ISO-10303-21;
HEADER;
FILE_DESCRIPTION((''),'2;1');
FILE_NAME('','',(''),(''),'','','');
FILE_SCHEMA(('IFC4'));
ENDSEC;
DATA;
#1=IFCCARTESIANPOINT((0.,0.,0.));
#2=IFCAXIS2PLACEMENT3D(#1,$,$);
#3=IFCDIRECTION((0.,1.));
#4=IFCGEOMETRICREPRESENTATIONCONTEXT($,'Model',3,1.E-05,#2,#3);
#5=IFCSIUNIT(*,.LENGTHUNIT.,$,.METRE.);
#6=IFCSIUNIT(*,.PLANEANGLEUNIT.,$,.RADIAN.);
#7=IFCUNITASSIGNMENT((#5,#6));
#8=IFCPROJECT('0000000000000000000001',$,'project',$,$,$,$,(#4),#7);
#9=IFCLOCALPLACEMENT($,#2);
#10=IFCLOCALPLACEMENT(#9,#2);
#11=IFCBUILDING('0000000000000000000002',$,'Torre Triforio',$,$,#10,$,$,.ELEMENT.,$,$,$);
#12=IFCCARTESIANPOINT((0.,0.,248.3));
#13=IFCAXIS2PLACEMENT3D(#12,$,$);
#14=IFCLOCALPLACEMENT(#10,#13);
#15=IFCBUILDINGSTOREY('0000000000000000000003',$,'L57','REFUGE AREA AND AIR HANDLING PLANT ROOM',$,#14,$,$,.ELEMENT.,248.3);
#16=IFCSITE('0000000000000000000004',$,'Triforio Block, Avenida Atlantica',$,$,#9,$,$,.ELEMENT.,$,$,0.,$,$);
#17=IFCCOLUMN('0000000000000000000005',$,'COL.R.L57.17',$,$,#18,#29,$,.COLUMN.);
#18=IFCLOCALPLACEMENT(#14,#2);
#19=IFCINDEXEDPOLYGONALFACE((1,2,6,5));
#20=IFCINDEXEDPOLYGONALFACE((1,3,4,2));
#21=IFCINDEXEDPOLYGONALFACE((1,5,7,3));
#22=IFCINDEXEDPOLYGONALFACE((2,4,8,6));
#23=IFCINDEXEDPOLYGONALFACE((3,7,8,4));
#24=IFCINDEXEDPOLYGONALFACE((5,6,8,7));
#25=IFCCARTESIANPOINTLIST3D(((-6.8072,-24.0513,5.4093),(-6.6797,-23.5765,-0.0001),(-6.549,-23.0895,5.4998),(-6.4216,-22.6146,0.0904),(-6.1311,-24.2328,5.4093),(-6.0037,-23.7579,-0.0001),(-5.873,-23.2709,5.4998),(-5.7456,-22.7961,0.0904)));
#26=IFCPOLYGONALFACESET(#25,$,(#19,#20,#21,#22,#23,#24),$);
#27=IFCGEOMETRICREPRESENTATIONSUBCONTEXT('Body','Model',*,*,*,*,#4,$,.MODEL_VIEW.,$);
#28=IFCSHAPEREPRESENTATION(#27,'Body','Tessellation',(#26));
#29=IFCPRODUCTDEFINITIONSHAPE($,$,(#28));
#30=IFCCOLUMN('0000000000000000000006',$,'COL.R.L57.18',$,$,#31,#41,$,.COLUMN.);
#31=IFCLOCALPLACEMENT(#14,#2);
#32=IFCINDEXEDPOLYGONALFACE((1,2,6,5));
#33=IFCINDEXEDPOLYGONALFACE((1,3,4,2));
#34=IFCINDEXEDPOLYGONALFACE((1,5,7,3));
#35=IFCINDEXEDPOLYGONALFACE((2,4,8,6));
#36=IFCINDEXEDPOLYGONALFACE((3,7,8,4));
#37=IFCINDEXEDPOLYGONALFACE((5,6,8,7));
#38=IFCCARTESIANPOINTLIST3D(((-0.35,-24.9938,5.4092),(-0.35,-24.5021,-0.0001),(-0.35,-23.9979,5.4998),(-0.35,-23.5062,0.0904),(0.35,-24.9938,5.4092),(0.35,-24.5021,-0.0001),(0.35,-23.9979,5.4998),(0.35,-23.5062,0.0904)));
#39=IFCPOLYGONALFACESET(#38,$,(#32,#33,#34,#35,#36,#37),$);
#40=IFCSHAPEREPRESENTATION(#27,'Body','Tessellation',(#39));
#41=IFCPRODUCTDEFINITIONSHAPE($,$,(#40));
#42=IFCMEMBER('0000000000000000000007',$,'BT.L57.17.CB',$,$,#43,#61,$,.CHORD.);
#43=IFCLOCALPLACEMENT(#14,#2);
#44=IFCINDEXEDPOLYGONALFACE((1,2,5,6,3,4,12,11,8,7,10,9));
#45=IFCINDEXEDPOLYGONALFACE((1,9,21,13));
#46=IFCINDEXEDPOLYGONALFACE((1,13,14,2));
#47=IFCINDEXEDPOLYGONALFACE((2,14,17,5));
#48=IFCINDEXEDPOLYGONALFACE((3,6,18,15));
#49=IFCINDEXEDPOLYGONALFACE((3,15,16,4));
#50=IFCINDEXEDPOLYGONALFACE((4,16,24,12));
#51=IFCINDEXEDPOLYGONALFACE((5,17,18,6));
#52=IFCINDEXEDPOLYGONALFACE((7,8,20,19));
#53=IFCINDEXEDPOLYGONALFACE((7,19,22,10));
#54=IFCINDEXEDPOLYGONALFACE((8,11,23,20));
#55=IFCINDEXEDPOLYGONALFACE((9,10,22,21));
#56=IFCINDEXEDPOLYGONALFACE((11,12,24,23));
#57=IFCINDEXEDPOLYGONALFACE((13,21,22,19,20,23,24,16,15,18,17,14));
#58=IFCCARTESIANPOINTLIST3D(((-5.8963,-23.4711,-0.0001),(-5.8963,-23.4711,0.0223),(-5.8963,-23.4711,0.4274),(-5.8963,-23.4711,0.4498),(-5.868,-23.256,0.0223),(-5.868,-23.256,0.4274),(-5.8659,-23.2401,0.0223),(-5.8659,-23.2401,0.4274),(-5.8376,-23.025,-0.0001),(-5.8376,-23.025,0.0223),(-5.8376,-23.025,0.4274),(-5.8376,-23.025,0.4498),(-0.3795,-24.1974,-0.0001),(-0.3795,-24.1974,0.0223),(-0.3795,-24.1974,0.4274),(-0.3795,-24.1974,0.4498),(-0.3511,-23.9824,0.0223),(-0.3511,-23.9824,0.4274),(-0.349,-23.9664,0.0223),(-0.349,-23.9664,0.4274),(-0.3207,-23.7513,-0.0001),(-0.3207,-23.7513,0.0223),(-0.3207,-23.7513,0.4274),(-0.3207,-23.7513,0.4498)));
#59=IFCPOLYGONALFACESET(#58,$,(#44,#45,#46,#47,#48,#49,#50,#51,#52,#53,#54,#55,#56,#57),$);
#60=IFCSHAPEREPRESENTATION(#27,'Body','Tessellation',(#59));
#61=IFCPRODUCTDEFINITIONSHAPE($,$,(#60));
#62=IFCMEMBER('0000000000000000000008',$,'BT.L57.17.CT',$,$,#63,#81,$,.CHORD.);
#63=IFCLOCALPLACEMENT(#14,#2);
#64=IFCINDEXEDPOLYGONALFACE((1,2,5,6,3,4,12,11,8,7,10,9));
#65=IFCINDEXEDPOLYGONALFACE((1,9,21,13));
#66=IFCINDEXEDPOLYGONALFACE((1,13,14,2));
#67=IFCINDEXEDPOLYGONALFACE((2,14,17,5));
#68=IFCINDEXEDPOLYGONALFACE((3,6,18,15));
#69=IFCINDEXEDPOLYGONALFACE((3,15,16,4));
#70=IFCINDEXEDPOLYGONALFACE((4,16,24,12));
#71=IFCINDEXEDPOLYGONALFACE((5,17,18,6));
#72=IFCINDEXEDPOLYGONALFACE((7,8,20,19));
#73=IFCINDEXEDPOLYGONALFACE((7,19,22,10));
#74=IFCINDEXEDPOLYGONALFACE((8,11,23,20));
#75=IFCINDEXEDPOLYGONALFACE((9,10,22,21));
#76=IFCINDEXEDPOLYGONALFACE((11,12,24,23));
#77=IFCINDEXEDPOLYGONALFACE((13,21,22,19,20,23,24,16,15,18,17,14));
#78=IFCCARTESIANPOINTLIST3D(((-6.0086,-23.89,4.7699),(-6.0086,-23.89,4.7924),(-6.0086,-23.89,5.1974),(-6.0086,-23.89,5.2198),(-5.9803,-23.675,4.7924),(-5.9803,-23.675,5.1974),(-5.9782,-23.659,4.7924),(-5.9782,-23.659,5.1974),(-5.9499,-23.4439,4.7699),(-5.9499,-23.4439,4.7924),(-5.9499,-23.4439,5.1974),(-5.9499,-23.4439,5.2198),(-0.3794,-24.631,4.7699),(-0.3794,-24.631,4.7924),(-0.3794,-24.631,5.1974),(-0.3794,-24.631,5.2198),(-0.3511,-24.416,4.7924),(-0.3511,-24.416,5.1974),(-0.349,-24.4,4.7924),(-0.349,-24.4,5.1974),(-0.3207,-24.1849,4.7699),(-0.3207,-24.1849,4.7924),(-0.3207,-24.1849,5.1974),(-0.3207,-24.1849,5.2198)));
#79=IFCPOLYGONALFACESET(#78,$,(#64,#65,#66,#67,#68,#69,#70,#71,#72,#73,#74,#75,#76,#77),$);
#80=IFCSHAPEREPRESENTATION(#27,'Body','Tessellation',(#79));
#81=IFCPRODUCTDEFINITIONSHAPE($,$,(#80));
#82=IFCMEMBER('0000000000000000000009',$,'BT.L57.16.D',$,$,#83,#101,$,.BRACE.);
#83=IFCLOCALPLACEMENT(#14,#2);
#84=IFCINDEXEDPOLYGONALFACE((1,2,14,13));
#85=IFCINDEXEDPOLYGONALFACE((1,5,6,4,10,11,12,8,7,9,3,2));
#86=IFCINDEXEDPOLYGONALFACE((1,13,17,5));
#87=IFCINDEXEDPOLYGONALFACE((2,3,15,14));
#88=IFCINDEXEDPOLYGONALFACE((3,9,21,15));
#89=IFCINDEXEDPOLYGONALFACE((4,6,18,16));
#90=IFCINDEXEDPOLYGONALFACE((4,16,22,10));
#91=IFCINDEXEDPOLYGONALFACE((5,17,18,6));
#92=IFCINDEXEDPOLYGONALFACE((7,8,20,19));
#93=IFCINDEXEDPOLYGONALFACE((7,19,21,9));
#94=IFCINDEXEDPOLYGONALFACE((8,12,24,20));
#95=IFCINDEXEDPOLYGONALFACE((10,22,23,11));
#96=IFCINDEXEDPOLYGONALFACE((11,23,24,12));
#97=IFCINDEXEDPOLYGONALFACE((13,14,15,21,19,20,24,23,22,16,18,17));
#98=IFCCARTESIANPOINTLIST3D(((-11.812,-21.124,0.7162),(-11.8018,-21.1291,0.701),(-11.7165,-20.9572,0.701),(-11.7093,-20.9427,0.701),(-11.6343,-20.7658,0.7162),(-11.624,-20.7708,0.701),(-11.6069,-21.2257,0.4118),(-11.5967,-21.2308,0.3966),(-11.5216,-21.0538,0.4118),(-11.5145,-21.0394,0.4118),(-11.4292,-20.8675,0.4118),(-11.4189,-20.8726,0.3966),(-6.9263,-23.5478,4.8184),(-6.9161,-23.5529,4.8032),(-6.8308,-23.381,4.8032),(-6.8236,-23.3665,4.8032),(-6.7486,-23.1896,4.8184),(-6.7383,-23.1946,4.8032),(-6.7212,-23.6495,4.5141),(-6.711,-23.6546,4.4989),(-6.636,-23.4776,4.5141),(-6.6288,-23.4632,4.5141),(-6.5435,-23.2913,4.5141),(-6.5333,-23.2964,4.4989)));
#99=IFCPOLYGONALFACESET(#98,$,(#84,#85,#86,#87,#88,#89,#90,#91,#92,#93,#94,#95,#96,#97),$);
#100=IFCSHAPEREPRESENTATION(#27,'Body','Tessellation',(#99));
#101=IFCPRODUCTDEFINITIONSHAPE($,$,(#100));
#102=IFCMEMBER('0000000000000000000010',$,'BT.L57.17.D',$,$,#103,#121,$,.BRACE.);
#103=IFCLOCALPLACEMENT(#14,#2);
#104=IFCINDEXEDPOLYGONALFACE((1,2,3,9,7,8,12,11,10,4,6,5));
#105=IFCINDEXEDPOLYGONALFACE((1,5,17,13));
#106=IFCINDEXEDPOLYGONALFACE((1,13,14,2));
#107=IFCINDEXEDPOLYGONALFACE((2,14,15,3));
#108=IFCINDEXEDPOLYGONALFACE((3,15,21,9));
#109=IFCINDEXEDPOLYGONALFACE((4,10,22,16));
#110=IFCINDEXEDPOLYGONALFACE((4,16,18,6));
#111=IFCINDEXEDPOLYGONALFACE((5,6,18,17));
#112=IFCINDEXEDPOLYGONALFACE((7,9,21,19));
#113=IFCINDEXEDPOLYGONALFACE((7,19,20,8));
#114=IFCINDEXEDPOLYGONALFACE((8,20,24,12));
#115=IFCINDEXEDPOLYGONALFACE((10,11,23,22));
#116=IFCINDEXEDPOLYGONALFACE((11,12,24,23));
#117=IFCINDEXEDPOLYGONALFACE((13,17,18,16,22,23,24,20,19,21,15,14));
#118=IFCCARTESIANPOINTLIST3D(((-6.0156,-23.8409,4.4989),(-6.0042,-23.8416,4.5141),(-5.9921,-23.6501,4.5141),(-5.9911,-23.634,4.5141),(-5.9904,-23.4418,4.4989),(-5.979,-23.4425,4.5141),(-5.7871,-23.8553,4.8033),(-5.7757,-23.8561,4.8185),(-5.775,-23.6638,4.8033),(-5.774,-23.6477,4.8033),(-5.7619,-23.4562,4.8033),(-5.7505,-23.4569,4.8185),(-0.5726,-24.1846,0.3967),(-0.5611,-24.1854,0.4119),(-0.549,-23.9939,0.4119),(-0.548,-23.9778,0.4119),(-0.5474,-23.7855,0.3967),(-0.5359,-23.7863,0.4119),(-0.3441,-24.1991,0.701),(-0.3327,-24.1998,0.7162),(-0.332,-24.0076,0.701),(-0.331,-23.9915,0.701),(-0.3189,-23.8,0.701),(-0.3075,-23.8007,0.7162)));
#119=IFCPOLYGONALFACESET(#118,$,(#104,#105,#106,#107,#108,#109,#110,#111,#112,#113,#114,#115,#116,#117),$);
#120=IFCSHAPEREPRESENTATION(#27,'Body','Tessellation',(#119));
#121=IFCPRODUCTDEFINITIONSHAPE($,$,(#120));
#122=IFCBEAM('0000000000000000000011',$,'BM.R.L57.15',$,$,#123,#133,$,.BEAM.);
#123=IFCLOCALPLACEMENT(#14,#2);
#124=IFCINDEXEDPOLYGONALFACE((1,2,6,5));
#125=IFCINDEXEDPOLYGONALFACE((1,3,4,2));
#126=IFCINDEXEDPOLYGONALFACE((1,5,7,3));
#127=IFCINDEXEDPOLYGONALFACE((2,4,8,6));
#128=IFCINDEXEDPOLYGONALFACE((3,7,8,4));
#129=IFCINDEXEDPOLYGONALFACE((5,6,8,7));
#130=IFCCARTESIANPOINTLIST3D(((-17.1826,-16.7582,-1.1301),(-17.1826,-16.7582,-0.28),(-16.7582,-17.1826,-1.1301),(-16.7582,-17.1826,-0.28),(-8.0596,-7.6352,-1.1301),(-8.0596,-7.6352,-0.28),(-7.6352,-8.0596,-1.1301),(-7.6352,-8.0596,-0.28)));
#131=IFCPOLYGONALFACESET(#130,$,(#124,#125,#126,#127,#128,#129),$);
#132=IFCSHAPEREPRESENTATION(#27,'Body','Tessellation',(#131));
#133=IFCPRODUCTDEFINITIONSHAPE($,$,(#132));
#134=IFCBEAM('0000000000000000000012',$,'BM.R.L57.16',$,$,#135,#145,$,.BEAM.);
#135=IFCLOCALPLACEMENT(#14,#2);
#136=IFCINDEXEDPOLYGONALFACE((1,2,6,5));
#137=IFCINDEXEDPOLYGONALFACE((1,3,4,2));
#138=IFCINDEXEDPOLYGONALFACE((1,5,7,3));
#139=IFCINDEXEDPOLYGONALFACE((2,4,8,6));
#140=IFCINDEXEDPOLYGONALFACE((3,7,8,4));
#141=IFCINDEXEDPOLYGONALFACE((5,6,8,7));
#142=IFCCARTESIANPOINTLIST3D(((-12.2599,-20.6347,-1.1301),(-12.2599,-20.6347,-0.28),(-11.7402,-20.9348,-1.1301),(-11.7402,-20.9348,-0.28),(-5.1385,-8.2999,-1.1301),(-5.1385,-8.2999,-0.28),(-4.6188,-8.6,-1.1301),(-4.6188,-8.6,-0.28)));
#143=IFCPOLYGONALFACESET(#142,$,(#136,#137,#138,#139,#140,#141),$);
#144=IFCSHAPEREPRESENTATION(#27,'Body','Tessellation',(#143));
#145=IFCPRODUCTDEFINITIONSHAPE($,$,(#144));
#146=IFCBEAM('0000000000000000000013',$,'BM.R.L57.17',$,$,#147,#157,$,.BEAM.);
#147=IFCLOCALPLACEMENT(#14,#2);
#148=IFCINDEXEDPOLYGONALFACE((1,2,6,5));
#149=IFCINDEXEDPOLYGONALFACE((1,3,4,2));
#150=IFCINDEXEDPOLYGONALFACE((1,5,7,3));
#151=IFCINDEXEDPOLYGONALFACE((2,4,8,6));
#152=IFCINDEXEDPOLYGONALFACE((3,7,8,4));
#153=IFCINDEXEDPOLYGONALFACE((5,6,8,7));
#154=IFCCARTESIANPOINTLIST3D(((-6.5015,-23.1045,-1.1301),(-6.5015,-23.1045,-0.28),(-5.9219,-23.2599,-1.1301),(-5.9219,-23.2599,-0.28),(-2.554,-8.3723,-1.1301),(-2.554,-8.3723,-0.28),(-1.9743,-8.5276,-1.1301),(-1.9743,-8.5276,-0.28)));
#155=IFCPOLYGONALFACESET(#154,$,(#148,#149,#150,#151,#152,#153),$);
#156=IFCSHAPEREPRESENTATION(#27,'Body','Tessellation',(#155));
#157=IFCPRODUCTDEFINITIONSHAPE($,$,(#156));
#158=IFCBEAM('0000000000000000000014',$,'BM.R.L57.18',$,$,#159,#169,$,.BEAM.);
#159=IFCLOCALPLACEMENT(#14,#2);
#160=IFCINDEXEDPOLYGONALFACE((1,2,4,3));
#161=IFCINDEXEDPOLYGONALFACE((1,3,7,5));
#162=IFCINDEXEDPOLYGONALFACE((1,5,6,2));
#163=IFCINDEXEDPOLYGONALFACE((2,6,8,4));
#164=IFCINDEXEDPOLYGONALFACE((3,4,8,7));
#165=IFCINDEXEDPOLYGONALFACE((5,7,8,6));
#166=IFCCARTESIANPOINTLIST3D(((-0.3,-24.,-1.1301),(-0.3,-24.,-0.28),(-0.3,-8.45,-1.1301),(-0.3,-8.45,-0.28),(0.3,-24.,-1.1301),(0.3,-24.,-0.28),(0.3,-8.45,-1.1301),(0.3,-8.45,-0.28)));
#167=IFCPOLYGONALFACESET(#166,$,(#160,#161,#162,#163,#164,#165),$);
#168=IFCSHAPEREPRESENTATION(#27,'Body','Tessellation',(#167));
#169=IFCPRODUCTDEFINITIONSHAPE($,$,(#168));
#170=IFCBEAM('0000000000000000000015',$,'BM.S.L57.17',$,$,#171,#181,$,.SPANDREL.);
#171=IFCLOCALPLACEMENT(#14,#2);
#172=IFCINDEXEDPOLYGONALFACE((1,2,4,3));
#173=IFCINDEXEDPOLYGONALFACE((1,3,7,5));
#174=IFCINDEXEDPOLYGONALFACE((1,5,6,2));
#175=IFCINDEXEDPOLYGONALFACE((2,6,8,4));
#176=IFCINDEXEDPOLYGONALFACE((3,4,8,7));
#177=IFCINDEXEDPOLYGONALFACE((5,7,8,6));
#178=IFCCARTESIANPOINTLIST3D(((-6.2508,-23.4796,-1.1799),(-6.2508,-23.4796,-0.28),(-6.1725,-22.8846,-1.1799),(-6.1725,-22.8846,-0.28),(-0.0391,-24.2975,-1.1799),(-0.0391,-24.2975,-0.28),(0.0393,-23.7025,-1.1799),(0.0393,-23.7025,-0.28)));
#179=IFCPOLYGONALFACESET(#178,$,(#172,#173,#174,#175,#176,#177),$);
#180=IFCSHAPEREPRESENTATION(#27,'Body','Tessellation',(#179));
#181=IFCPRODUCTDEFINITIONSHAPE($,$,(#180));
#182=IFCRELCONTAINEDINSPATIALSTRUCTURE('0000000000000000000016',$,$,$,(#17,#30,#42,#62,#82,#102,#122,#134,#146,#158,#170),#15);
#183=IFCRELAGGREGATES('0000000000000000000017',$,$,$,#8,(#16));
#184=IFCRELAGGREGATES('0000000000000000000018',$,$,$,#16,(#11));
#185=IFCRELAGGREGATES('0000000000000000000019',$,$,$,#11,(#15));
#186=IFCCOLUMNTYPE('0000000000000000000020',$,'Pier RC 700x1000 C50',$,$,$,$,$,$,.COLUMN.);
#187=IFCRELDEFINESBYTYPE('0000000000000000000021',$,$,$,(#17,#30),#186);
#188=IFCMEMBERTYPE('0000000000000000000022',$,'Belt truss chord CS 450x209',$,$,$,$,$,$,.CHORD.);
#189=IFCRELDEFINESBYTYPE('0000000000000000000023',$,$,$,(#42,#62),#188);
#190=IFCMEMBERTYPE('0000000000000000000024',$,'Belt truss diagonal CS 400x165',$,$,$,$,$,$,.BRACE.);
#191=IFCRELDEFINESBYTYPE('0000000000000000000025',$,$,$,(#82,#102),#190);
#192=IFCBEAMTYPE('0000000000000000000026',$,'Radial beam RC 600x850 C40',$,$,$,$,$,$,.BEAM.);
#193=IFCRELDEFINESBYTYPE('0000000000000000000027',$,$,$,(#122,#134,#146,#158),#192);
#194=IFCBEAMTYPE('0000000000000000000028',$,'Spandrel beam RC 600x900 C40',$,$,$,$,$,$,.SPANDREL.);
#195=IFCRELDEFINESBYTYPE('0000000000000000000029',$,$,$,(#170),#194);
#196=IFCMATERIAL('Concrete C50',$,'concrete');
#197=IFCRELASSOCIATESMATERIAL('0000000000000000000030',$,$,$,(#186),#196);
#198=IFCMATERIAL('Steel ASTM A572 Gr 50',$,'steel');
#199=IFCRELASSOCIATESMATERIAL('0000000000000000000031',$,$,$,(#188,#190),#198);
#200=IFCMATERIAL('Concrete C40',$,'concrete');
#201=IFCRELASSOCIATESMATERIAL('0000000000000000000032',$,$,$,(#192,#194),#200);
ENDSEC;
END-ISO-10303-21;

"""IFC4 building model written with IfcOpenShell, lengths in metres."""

from ifc_helpers import new_model, si_unit, direction, frame, origin, origin_2d, place, context, subcontext, project, spatial, rectangle, i_section, extrude, material, material_profile, profile_set, type_object, element, save


model = new_model("IFC4")

# Units and contexts
model_context = context("Model", 3, precision=1e-05, world=origin(), true_north=direction((0.0, 1.0)))
body_context = subcontext(model_context, "Body", "Model", "MODEL_VIEW")
ifc_project = project(units=[si_unit("LENGTHUNIT", "METRE"), si_unit("PLANEANGLEUNIT", "RADIAN")], contexts=[model_context])

# Site, building, storey
site_placement = place(None, origin())
site = spatial("IfcSite", under=ifc_project, at=site_placement, Name="Triforio Block, Avenida Atlantica", CompositionType="ELEMENT", RefElevation=0.0)
building_placement = place(site_placement, origin())
building = spatial("IfcBuilding", under=site, at=building_placement, Name="Torre Triforio", CompositionType="ELEMENT")
storey_placement = place(building_placement, frame((0.0, 0.0, 248.3)))
storey = spatial("IfcBuildingStorey", under=building, at=storey_placement, Name="L57", Description="REFUGE AREA AND AIR HANDLING PLANT ROOM", CompositionType="ELEMENT", Elevation=248.3)

# Columns
ifc_material_1 = material(Name="Concrete C50", Category="concrete")
ifc_material_profile_1 = material_profile(ifc_material_1, rectangle(XDim=0.7, YDim=1.0, at=origin_2d()), Name="RC 700x1000")
ifc_profile_set_1 = profile_set([ifc_material_profile_1], Name="Concrete C50")
column_type = type_object("IfcColumnType", Name="Pier RC 700x1000 C50", PredefinedType="COLUMN", material=ifc_profile_set_1)
for number, where, z_axis, x_axis, name in (
    (1, (-6.2126, -23.1863, 0.0452), (-0.023462, -0.087422, 0.995895), (0.965822, -0.259208, 0.0), "COL.R.L57.17"),
    (2, (0.0, -24.0042, 0.0452), (0.0, -0.090524, 0.995894), (1.0, 0.0, 0.0), "COL.R.L57.18"),
):
    element("IfcColumn", number, at=place(storey_placement, frame(where, z_axis=z_axis, x_axis=x_axis)), inside=storey, type_object=column_type, Name=name, PredefinedType="COLUMN", context=body_context, shape_type="SweptSolid", body=[
        extrude(rectangle(XDim=0.7, YDim=1.0, at=origin_2d()), origin(), (0.0, 0.0, 1.0), 5.4316),
    ])

# Members
ifc_material_2 = material(Name="Steel ASTM A572 Gr 50", Category="steel")
ifc_material_profile_2 = material_profile(ifc_material_2, i_section(OverallWidth=0.45, OverallDepth=0.45, WebThickness=0.0161, FlangeThickness=0.0225, at=origin_2d()), Name="CS 450x209")
ifc_profile_set_2 = profile_set([ifc_material_profile_2], Name="Steel ASTM A572 Gr 50")
member_type_1 = type_object("IfcMemberType", Name="Belt truss chord CS 450x209", PredefinedType="CHORD", material=ifc_profile_set_2)
member_1_placement = place(storey_placement, frame((-5.8669, -23.248, 0.2249), z_axis=(0.991445, -0.130528, 0.0), x_axis=(0.130528, 0.991445, 0.0)))
element("IfcMember", 3, at=member_1_placement, inside=storey, type_object=member_type_1, Name="BT.L57.17.CB", PredefinedType="CHORD", context=body_context, shape_type="SweptSolid", body=[
    extrude(i_section(OverallWidth=0.45, OverallDepth=0.45, WebThickness=0.0161, FlangeThickness=0.0225, at=origin_2d()), origin(), (0.0, 0.0, 1.0), 5.5645),
])
member_2_placement = place(storey_placement, frame((-5.9792, -23.667, 4.9949), z_axis=(0.991448, -0.130505, 0.0), x_axis=(0.130505, 0.991448, 0.0)))
element("IfcMember", 4, at=member_2_placement, inside=storey, type_object=member_type_1, Name="BT.L57.17.CT", PredefinedType="CHORD", context=body_context, shape_type="SweptSolid", body=[
    extrude(i_section(OverallWidth=0.45, OverallDepth=0.45, WebThickness=0.0161, FlangeThickness=0.0225, at=origin_2d()), origin(), (0.0, 0.0, 1.0), 5.6777),
])
ifc_material_profile_3 = material_profile(ifc_material_2, i_section(OverallWidth=0.3999, OverallDepth=0.3999, WebThickness=0.0161, FlangeThickness=0.019, at=origin_2d()), Name="CS 400x165")
ifc_profile_set_3 = profile_set([ifc_material_profile_3], Name="Steel ASTM A572 Gr 50")
member_type_2 = type_object("IfcMemberType", Name="Belt truss diagonal CS 400x165", PredefinedType="BRACE", material=ifc_profile_set_3)
for number, where, z_axis, x_axis, name in (
    (5, (-11.6155, -20.9983, 0.5564), (0.715909, -0.355164, 0.60111), (0.444418, 0.895819, 0.0), "BT.L57.16.D"),
    (6, (-5.8831, -23.6489, 4.6587), (0.797579, -0.05037, -0.601108), (0.063028, 0.998012, 0.0), "BT.L57.17.D"),
):
    element("IfcMember", number, at=place(storey_placement, frame(where, z_axis=z_axis, x_axis=x_axis)), inside=storey, type_object=member_type_2, Name=name, PredefinedType="BRACE", context=body_context, shape_type="SweptSolid", body=[
        extrude(i_section(OverallWidth=0.3999, OverallDepth=0.3999, WebThickness=0.0161, FlangeThickness=0.019, at=origin_2d()), origin(), (0.0, 0.0, 1.0), 6.8245),
    ])

# Beams
ifc_material_3 = material(Name="Concrete C40", Category="concrete")
ifc_material_profile_4 = material_profile(ifc_material_3, rectangle(XDim=0.6001, YDim=0.8501, at=origin_2d()), Name="RC 600x850")
ifc_profile_set_4 = profile_set([ifc_material_profile_4], Name="Concrete C40")
beam_type_1 = type_object("IfcBeamType", Name="Radial beam RC 600x850 C40", PredefinedType="BEAM", material=ifc_profile_set_4)
beam_1_placement = place(storey_placement, frame((-7.8474, -7.8474, -0.7051), z_axis=(-0.707107, -0.707107, 0.0), x_axis=(0.707107, -0.707107, 0.0)))
element("IfcBeam", 7, at=beam_1_placement, inside=storey, type_object=beam_type_1, Name="BM.R.L57.15", PredefinedType="BEAM", context=body_context, shape_type="SweptSolid", body=[
    extrude(rectangle(XDim=0.6001, YDim=0.8501, at=origin_2d()), origin(), (0.0, 0.0, 1.0), 12.9019),
])
beam_2_placement = place(storey_placement, frame((-4.8787, -8.45, -0.7051), z_axis=(-0.499994, -0.866029, 0.0), x_axis=(0.866029, -0.499994, 0.0)))
element("IfcBeam", 8, at=beam_2_placement, inside=storey, type_object=beam_type_1, Name="BM.R.L57.16", PredefinedType="BEAM", context=body_context, shape_type="SweptSolid", body=[
    extrude(rectangle(XDim=0.6001, YDim=0.8501, at=origin_2d()), origin(), (0.0, 0.0, 1.0), 14.2429),
])
beam_3_placement = place(storey_placement, frame((-2.2642, -8.45, -0.7051), z_axis=(-0.258821, -0.965925, 0.0), x_axis=(0.965925, -0.258821, 0.0)))
element("IfcBeam", 9, at=beam_3_placement, inside=storey, type_object=beam_type_1, Name="BM.R.L57.17", PredefinedType="BEAM", context=body_context, shape_type="SweptSolid", body=[
    extrude(rectangle(XDim=0.6001, YDim=0.8501, at=origin_2d()), origin(), (0.0, 0.0, 1.0), 15.252),
])
beam_4_placement = place(storey_placement, frame((0.0, -8.45, -0.7051), z_axis=(0.0, -1.0, 0.0), x_axis=(1.0, 0.0, 0.0)))
element("IfcBeam", 10, at=beam_4_placement, inside=storey, type_object=beam_type_1, Name="BM.R.L57.18", PredefinedType="BEAM", context=body_context, shape_type="SweptSolid", body=[
    extrude(rectangle(XDim=0.6001, YDim=0.8501, at=origin_2d()), origin(), (0.0, 0.0, 1.0), 15.55),
])
ifc_material_profile_5 = material_profile(ifc_material_3, rectangle(XDim=0.6001, YDim=0.8999, at=origin_2d()), Name="RC 600x900")
ifc_profile_set_5 = profile_set([ifc_material_profile_5], Name="Concrete C40")
beam_type_2 = type_object("IfcBeamType", Name="Spandrel beam RC 600x900 C40", PredefinedType="SPANDREL", material=ifc_profile_set_5)
beam_5_placement = place(storey_placement, frame((-6.2117, -23.1821, -0.73), z_axis=(0.991443, -0.13054, 0.0), x_axis=(0.13054, 0.991443, 0.0)))
element("IfcBeam", 11, at=beam_5_placement, inside=storey, type_object=beam_type_2, Name="BM.S.L57.17", PredefinedType="SPANDREL", context=body_context, shape_type="SweptSolid", body=[
    extrude(rectangle(XDim=0.6001, YDim=0.8999, at=origin_2d()), origin(), (0.0, 0.0, 1.0), 6.2654),
])

save(model, "model.ifc")
